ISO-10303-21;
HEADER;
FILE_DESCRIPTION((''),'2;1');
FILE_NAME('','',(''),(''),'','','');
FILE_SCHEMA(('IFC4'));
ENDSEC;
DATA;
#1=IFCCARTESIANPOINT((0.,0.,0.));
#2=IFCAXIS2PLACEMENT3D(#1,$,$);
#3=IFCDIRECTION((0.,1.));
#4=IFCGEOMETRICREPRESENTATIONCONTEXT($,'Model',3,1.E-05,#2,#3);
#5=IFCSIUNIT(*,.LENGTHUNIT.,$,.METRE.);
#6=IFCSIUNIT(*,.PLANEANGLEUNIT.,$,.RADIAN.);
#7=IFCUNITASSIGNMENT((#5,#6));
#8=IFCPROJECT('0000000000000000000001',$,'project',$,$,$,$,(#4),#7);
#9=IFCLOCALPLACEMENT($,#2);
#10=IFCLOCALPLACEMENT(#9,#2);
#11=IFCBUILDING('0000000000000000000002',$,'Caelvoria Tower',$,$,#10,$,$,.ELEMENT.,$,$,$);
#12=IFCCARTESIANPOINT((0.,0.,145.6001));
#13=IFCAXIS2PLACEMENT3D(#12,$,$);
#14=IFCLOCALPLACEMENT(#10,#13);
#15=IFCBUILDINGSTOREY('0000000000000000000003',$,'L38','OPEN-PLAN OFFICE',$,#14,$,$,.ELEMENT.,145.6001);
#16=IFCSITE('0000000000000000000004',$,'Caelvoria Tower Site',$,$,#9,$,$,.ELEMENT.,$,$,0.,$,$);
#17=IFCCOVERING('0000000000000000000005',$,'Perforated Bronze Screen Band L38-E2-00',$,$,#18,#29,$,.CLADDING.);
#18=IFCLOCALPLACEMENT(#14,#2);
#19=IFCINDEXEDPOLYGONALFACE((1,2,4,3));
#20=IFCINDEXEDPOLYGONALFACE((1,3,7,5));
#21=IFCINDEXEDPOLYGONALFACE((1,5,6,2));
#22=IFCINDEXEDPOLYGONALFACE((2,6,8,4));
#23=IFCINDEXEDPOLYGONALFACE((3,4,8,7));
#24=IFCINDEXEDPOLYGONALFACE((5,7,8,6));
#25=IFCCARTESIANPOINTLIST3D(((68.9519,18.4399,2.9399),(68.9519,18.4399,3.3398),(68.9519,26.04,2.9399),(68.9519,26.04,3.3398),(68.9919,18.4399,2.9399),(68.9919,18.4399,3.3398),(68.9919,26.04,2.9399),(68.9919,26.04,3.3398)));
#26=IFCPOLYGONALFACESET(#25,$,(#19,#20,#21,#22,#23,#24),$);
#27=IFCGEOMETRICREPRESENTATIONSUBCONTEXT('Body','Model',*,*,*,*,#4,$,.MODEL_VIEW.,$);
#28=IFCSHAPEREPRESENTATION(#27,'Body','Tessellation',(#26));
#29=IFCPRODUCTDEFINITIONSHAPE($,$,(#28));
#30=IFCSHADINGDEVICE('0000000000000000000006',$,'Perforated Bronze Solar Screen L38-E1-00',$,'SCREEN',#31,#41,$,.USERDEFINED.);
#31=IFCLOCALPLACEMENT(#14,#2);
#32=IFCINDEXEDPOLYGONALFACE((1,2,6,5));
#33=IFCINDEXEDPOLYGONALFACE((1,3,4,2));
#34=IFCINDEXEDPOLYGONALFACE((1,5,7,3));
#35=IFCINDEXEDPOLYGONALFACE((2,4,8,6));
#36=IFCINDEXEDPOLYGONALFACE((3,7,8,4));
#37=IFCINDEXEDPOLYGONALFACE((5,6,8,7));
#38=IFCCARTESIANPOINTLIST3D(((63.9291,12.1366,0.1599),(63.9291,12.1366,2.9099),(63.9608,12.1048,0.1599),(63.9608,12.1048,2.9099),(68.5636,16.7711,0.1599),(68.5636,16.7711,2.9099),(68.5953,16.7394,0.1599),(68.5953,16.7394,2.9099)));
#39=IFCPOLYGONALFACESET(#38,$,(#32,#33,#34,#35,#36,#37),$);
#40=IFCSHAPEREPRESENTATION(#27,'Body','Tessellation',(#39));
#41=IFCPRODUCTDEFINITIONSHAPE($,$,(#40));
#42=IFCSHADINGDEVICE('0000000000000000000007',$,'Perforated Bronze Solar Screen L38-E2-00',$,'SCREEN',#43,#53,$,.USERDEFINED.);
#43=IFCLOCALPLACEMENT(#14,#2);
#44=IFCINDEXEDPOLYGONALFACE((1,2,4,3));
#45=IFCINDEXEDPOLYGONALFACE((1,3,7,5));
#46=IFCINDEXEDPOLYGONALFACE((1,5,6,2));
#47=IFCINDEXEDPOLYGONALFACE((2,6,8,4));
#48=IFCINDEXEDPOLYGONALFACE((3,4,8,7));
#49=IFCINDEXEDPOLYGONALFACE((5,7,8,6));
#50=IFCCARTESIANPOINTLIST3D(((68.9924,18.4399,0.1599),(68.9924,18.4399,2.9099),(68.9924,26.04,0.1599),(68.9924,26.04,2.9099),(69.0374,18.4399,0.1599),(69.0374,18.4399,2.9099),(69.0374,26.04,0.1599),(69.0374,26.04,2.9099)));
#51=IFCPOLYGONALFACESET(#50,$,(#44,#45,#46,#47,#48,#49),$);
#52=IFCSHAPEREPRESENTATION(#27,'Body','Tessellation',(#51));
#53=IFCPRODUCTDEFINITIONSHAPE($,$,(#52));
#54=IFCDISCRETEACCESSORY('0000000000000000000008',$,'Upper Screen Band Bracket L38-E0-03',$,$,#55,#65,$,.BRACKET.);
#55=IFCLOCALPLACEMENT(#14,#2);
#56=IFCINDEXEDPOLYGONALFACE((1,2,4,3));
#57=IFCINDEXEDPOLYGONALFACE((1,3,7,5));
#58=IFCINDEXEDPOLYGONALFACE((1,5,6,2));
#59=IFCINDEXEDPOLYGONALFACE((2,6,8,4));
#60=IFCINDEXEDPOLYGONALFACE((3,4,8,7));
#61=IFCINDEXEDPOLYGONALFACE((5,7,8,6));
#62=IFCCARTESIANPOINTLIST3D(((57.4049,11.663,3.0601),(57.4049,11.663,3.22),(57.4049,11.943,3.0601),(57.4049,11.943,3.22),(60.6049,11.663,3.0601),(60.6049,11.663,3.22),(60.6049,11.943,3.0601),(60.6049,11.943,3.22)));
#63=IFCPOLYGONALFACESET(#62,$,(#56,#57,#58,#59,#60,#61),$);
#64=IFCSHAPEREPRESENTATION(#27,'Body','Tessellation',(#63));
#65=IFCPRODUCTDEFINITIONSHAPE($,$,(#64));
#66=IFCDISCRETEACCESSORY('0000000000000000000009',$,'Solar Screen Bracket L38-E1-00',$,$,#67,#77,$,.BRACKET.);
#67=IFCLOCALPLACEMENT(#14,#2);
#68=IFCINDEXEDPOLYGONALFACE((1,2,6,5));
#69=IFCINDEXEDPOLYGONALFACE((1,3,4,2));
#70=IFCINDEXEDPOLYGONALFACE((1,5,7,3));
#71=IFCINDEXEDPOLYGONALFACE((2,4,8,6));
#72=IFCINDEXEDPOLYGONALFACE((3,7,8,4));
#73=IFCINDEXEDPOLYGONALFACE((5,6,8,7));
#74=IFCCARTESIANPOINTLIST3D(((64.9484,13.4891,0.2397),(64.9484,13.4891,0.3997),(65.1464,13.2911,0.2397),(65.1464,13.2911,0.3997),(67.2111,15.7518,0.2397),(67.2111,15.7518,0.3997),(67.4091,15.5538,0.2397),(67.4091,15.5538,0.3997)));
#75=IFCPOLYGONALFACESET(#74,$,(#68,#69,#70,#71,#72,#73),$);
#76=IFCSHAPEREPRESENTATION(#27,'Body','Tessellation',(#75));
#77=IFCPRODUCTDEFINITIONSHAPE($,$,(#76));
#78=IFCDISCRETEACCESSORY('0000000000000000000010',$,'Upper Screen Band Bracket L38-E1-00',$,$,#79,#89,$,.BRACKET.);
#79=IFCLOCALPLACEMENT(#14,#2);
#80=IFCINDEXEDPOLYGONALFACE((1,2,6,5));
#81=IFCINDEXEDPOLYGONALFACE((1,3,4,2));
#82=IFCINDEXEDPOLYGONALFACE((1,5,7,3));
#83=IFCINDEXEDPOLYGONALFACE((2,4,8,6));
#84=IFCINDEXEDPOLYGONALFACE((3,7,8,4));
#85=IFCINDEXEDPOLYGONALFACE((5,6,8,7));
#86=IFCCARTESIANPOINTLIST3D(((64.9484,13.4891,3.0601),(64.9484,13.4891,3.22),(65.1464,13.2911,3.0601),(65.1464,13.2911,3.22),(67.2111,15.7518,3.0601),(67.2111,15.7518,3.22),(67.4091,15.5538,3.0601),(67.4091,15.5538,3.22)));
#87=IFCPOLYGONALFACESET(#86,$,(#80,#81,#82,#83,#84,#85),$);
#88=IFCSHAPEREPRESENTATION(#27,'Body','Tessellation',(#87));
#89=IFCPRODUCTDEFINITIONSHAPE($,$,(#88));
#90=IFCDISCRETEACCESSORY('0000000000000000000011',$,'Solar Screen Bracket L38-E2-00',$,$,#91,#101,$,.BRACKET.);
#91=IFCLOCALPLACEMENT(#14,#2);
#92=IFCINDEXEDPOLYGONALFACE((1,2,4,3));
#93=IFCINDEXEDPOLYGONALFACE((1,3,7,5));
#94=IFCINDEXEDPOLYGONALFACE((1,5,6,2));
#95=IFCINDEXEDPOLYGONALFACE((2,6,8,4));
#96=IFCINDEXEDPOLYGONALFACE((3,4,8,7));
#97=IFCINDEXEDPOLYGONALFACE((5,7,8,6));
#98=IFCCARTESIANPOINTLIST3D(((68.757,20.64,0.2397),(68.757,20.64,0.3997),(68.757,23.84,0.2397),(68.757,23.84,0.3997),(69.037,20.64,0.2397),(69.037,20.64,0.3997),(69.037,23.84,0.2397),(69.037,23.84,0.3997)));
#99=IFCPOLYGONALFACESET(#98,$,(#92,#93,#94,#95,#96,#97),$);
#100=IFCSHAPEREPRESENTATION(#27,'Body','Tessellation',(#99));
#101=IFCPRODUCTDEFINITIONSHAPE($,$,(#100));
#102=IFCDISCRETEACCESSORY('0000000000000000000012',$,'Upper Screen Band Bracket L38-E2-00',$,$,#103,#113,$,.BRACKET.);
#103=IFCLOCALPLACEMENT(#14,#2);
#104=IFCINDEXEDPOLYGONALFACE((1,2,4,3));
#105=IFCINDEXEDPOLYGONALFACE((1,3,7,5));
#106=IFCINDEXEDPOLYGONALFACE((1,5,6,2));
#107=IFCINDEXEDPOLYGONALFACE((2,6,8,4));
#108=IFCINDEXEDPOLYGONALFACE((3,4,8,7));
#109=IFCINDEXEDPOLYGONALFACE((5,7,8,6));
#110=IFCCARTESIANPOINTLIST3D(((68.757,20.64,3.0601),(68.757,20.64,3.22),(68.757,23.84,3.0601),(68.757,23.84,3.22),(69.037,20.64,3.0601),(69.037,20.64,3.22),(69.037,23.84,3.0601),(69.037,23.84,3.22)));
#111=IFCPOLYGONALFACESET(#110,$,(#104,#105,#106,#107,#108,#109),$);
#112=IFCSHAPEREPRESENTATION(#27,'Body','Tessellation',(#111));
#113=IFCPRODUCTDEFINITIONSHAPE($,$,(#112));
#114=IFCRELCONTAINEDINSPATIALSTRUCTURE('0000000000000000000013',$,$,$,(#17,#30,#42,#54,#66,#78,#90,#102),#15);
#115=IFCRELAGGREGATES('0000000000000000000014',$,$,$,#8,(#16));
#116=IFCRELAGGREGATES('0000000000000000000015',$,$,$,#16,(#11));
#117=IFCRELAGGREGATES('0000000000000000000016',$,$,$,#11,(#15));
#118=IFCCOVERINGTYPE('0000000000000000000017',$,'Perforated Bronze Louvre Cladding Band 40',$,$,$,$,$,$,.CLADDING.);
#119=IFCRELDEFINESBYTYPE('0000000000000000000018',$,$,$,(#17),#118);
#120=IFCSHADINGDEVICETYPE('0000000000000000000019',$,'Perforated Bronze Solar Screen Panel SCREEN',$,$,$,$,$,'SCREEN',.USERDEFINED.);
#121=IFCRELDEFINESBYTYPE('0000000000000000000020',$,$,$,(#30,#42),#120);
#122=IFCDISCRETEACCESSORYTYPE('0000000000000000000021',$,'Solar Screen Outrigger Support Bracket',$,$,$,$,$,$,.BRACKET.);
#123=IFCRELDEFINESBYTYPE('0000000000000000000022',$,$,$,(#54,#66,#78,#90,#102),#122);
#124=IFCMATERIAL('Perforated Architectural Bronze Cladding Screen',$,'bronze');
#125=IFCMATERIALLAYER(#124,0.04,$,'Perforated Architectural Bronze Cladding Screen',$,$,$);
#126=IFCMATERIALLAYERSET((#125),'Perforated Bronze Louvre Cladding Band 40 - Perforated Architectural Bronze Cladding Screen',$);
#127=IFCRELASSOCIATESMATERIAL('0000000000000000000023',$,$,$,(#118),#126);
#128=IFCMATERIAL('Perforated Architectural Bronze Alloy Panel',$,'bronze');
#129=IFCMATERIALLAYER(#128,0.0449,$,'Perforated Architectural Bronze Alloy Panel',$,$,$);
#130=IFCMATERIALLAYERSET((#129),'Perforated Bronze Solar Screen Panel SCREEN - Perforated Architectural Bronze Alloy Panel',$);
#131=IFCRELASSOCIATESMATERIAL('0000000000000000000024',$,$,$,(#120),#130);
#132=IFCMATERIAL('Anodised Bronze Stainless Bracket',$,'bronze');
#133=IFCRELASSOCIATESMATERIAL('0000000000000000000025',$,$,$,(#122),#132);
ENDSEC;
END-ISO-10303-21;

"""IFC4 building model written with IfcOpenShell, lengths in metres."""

from ifc_helpers import new_model, si_unit, direction, frame, origin, origin_2d, place, context, subcontext, project, spatial, rectangle, extrude, material, layer, layer_set, type_object, element, save


model = new_model("IFC4")

# Units and contexts
model_context = context("Model", 3, precision=1e-05, world=origin(), true_north=direction((0.0, 1.0)))
body_context = subcontext(model_context, "Body", "Model", "MODEL_VIEW")
ifc_project = project(units=[si_unit("LENGTHUNIT", "METRE"), si_unit("PLANEANGLEUNIT", "RADIAN")], contexts=[model_context])

# Site, building, storey
site_placement = place(None, origin())
site = spatial("IfcSite", under=ifc_project, at=site_placement, Name="Caelvoria Tower Site", CompositionType="ELEMENT", RefElevation=0.0)
building_placement = place(site_placement, origin())
building = spatial("IfcBuilding", under=site, at=building_placement, Name="Caelvoria Tower", CompositionType="ELEMENT")
storey_placement = place(building_placement, frame((0.0, 0.0, 145.6001)))
storey = spatial("IfcBuildingStorey", under=building, at=storey_placement, Name="L38", Description="OPEN-PLAN OFFICE", CompositionType="ELEMENT", Elevation=145.6001)

# Covering
ifc_material_1 = material(Name="Perforated Architectural Bronze Cladding Screen", Category="bronze")
ifc_layer_1 = layer(ifc_material_1, 0.04, Name="Perforated Architectural Bronze Cladding Screen")
ifc_layer_set_1 = layer_set([ifc_layer_1], Name="Perforated Bronze Louvre Cladding Band 40 - Perforated Architectural Bronze Cladding Screen")
covering_type = type_object("IfcCoveringType", Name="Perforated Bronze Louvre Cladding Band 40", PredefinedType="CLADDING", material=ifc_layer_set_1)
covering_1_placement = place(storey_placement, frame((68.9719, 22.24, 2.9399), z_axis=(0.0, 0.0, 1.0), x_axis=(0.0, 1.0, 0.0)))
element("IfcCovering", 1, at=covering_1_placement, inside=storey, type_object=covering_type, Name="Perforated Bronze Screen Band L38-E2-00", PredefinedType="CLADDING", context=body_context, shape_type="SweptSolid", body=[
    extrude(rectangle(XDim=7.6001, YDim=0.04, at=origin_2d()), origin(), (0.0, 0.0, 1.0), 0.3999),
])

# Shading devices
ifc_material_2 = material(Name="Perforated Architectural Bronze Alloy Panel", Category="bronze")
ifc_layer_2 = layer(ifc_material_2, 0.0449, Name="Perforated Architectural Bronze Alloy Panel")
ifc_layer_set_2 = layer_set([ifc_layer_2], Name="Perforated Bronze Solar Screen Panel SCREEN - Perforated Architectural Bronze Alloy Panel")
shading_device_type = type_object("IfcShadingDeviceType", Name="Perforated Bronze Solar Screen Panel SCREEN", ElementType="SCREEN", PredefinedType="USERDEFINED", material=ifc_layer_set_2)
shading_device_1_placement = place(storey_placement, frame((66.2622, 14.438, 0.1599), z_axis=(0.0, 0.0, 1.0), x_axis=(0.707107, 0.707107, 0.0)))
element("IfcShadingDevice", 2, at=shading_device_1_placement, inside=storey, type_object=shading_device_type, Name="Perforated Bronze Solar Screen L38-E1-00", ObjectType="SCREEN", PredefinedType="USERDEFINED", context=body_context, shape_type="SweptSolid", body=[
    extrude(rectangle(XDim=6.5542, YDim=0.0449, at=origin_2d()), origin(), (0.0, 0.0, 1.0), 2.75),
])
shading_device_2_placement = place(storey_placement, frame((69.0149, 22.24, 0.1599), z_axis=(0.0, 0.0, 1.0), x_axis=(0.0, 1.0, 0.0)))
element("IfcShadingDevice", 3, at=shading_device_2_placement, inside=storey, type_object=shading_device_type, Name="Perforated Bronze Solar Screen L38-E2-00", ObjectType="SCREEN", PredefinedType="USERDEFINED", context=body_context, shape_type="SweptSolid", body=[
    extrude(rectangle(XDim=7.6001, YDim=0.0449, at=origin_2d()), origin(), (0.0, 0.0, 1.0), 2.75),
])

# Discrete accessories
ifc_material_3 = material(Name="Anodised Bronze Stainless Bracket", Category="bronze")
discrete_accessory_type = type_object("IfcDiscreteAccessoryType", Name="Solar Screen Outrigger Support Bracket", PredefinedType="BRACKET", material=ifc_material_3)
for number, where, z_axis, x_axis, name in (
    (4, (59.0049, 11.803, 3.0601), (0.0, 0.0, 1.0), (1.0, 0.0, 0.0), "Upper Screen Band Bracket L38-E0-03"),
    (5, (66.1787, 14.5215, 0.2397), (0.0, 0.0, 1.0), (0.707107, 0.707107, 0.0), "Solar Screen Bracket L38-E1-00"),
    (6, (66.1787, 14.5215, 3.0601), (0.0, 0.0, 1.0), (0.707107, 0.707107, 0.0), "Upper Screen Band Bracket L38-E1-00"),
    (7, (68.897, 22.24, 0.2397), (0.0, 0.0, 1.0), (0.0, 1.0, 0.0), "Solar Screen Bracket L38-E2-00"),
    (8, (68.897, 22.24, 3.0601), (0.0, 0.0, 1.0), (0.0, 1.0, 0.0), "Upper Screen Band Bracket L38-E2-00"),
):
    element("IfcDiscreteAccessory", number, at=place(storey_placement, frame(where, z_axis=z_axis, x_axis=x_axis)), inside=storey, type_object=discrete_accessory_type, Name=name, PredefinedType="BRACKET", context=body_context, shape_type="SweptSolid", body=[
        extrude(rectangle(XDim=3.2, YDim=0.28, at=origin_2d()), origin(), (0.0, 0.0, 1.0), 0.1599),
    ])

save(model, "model.ifc")
